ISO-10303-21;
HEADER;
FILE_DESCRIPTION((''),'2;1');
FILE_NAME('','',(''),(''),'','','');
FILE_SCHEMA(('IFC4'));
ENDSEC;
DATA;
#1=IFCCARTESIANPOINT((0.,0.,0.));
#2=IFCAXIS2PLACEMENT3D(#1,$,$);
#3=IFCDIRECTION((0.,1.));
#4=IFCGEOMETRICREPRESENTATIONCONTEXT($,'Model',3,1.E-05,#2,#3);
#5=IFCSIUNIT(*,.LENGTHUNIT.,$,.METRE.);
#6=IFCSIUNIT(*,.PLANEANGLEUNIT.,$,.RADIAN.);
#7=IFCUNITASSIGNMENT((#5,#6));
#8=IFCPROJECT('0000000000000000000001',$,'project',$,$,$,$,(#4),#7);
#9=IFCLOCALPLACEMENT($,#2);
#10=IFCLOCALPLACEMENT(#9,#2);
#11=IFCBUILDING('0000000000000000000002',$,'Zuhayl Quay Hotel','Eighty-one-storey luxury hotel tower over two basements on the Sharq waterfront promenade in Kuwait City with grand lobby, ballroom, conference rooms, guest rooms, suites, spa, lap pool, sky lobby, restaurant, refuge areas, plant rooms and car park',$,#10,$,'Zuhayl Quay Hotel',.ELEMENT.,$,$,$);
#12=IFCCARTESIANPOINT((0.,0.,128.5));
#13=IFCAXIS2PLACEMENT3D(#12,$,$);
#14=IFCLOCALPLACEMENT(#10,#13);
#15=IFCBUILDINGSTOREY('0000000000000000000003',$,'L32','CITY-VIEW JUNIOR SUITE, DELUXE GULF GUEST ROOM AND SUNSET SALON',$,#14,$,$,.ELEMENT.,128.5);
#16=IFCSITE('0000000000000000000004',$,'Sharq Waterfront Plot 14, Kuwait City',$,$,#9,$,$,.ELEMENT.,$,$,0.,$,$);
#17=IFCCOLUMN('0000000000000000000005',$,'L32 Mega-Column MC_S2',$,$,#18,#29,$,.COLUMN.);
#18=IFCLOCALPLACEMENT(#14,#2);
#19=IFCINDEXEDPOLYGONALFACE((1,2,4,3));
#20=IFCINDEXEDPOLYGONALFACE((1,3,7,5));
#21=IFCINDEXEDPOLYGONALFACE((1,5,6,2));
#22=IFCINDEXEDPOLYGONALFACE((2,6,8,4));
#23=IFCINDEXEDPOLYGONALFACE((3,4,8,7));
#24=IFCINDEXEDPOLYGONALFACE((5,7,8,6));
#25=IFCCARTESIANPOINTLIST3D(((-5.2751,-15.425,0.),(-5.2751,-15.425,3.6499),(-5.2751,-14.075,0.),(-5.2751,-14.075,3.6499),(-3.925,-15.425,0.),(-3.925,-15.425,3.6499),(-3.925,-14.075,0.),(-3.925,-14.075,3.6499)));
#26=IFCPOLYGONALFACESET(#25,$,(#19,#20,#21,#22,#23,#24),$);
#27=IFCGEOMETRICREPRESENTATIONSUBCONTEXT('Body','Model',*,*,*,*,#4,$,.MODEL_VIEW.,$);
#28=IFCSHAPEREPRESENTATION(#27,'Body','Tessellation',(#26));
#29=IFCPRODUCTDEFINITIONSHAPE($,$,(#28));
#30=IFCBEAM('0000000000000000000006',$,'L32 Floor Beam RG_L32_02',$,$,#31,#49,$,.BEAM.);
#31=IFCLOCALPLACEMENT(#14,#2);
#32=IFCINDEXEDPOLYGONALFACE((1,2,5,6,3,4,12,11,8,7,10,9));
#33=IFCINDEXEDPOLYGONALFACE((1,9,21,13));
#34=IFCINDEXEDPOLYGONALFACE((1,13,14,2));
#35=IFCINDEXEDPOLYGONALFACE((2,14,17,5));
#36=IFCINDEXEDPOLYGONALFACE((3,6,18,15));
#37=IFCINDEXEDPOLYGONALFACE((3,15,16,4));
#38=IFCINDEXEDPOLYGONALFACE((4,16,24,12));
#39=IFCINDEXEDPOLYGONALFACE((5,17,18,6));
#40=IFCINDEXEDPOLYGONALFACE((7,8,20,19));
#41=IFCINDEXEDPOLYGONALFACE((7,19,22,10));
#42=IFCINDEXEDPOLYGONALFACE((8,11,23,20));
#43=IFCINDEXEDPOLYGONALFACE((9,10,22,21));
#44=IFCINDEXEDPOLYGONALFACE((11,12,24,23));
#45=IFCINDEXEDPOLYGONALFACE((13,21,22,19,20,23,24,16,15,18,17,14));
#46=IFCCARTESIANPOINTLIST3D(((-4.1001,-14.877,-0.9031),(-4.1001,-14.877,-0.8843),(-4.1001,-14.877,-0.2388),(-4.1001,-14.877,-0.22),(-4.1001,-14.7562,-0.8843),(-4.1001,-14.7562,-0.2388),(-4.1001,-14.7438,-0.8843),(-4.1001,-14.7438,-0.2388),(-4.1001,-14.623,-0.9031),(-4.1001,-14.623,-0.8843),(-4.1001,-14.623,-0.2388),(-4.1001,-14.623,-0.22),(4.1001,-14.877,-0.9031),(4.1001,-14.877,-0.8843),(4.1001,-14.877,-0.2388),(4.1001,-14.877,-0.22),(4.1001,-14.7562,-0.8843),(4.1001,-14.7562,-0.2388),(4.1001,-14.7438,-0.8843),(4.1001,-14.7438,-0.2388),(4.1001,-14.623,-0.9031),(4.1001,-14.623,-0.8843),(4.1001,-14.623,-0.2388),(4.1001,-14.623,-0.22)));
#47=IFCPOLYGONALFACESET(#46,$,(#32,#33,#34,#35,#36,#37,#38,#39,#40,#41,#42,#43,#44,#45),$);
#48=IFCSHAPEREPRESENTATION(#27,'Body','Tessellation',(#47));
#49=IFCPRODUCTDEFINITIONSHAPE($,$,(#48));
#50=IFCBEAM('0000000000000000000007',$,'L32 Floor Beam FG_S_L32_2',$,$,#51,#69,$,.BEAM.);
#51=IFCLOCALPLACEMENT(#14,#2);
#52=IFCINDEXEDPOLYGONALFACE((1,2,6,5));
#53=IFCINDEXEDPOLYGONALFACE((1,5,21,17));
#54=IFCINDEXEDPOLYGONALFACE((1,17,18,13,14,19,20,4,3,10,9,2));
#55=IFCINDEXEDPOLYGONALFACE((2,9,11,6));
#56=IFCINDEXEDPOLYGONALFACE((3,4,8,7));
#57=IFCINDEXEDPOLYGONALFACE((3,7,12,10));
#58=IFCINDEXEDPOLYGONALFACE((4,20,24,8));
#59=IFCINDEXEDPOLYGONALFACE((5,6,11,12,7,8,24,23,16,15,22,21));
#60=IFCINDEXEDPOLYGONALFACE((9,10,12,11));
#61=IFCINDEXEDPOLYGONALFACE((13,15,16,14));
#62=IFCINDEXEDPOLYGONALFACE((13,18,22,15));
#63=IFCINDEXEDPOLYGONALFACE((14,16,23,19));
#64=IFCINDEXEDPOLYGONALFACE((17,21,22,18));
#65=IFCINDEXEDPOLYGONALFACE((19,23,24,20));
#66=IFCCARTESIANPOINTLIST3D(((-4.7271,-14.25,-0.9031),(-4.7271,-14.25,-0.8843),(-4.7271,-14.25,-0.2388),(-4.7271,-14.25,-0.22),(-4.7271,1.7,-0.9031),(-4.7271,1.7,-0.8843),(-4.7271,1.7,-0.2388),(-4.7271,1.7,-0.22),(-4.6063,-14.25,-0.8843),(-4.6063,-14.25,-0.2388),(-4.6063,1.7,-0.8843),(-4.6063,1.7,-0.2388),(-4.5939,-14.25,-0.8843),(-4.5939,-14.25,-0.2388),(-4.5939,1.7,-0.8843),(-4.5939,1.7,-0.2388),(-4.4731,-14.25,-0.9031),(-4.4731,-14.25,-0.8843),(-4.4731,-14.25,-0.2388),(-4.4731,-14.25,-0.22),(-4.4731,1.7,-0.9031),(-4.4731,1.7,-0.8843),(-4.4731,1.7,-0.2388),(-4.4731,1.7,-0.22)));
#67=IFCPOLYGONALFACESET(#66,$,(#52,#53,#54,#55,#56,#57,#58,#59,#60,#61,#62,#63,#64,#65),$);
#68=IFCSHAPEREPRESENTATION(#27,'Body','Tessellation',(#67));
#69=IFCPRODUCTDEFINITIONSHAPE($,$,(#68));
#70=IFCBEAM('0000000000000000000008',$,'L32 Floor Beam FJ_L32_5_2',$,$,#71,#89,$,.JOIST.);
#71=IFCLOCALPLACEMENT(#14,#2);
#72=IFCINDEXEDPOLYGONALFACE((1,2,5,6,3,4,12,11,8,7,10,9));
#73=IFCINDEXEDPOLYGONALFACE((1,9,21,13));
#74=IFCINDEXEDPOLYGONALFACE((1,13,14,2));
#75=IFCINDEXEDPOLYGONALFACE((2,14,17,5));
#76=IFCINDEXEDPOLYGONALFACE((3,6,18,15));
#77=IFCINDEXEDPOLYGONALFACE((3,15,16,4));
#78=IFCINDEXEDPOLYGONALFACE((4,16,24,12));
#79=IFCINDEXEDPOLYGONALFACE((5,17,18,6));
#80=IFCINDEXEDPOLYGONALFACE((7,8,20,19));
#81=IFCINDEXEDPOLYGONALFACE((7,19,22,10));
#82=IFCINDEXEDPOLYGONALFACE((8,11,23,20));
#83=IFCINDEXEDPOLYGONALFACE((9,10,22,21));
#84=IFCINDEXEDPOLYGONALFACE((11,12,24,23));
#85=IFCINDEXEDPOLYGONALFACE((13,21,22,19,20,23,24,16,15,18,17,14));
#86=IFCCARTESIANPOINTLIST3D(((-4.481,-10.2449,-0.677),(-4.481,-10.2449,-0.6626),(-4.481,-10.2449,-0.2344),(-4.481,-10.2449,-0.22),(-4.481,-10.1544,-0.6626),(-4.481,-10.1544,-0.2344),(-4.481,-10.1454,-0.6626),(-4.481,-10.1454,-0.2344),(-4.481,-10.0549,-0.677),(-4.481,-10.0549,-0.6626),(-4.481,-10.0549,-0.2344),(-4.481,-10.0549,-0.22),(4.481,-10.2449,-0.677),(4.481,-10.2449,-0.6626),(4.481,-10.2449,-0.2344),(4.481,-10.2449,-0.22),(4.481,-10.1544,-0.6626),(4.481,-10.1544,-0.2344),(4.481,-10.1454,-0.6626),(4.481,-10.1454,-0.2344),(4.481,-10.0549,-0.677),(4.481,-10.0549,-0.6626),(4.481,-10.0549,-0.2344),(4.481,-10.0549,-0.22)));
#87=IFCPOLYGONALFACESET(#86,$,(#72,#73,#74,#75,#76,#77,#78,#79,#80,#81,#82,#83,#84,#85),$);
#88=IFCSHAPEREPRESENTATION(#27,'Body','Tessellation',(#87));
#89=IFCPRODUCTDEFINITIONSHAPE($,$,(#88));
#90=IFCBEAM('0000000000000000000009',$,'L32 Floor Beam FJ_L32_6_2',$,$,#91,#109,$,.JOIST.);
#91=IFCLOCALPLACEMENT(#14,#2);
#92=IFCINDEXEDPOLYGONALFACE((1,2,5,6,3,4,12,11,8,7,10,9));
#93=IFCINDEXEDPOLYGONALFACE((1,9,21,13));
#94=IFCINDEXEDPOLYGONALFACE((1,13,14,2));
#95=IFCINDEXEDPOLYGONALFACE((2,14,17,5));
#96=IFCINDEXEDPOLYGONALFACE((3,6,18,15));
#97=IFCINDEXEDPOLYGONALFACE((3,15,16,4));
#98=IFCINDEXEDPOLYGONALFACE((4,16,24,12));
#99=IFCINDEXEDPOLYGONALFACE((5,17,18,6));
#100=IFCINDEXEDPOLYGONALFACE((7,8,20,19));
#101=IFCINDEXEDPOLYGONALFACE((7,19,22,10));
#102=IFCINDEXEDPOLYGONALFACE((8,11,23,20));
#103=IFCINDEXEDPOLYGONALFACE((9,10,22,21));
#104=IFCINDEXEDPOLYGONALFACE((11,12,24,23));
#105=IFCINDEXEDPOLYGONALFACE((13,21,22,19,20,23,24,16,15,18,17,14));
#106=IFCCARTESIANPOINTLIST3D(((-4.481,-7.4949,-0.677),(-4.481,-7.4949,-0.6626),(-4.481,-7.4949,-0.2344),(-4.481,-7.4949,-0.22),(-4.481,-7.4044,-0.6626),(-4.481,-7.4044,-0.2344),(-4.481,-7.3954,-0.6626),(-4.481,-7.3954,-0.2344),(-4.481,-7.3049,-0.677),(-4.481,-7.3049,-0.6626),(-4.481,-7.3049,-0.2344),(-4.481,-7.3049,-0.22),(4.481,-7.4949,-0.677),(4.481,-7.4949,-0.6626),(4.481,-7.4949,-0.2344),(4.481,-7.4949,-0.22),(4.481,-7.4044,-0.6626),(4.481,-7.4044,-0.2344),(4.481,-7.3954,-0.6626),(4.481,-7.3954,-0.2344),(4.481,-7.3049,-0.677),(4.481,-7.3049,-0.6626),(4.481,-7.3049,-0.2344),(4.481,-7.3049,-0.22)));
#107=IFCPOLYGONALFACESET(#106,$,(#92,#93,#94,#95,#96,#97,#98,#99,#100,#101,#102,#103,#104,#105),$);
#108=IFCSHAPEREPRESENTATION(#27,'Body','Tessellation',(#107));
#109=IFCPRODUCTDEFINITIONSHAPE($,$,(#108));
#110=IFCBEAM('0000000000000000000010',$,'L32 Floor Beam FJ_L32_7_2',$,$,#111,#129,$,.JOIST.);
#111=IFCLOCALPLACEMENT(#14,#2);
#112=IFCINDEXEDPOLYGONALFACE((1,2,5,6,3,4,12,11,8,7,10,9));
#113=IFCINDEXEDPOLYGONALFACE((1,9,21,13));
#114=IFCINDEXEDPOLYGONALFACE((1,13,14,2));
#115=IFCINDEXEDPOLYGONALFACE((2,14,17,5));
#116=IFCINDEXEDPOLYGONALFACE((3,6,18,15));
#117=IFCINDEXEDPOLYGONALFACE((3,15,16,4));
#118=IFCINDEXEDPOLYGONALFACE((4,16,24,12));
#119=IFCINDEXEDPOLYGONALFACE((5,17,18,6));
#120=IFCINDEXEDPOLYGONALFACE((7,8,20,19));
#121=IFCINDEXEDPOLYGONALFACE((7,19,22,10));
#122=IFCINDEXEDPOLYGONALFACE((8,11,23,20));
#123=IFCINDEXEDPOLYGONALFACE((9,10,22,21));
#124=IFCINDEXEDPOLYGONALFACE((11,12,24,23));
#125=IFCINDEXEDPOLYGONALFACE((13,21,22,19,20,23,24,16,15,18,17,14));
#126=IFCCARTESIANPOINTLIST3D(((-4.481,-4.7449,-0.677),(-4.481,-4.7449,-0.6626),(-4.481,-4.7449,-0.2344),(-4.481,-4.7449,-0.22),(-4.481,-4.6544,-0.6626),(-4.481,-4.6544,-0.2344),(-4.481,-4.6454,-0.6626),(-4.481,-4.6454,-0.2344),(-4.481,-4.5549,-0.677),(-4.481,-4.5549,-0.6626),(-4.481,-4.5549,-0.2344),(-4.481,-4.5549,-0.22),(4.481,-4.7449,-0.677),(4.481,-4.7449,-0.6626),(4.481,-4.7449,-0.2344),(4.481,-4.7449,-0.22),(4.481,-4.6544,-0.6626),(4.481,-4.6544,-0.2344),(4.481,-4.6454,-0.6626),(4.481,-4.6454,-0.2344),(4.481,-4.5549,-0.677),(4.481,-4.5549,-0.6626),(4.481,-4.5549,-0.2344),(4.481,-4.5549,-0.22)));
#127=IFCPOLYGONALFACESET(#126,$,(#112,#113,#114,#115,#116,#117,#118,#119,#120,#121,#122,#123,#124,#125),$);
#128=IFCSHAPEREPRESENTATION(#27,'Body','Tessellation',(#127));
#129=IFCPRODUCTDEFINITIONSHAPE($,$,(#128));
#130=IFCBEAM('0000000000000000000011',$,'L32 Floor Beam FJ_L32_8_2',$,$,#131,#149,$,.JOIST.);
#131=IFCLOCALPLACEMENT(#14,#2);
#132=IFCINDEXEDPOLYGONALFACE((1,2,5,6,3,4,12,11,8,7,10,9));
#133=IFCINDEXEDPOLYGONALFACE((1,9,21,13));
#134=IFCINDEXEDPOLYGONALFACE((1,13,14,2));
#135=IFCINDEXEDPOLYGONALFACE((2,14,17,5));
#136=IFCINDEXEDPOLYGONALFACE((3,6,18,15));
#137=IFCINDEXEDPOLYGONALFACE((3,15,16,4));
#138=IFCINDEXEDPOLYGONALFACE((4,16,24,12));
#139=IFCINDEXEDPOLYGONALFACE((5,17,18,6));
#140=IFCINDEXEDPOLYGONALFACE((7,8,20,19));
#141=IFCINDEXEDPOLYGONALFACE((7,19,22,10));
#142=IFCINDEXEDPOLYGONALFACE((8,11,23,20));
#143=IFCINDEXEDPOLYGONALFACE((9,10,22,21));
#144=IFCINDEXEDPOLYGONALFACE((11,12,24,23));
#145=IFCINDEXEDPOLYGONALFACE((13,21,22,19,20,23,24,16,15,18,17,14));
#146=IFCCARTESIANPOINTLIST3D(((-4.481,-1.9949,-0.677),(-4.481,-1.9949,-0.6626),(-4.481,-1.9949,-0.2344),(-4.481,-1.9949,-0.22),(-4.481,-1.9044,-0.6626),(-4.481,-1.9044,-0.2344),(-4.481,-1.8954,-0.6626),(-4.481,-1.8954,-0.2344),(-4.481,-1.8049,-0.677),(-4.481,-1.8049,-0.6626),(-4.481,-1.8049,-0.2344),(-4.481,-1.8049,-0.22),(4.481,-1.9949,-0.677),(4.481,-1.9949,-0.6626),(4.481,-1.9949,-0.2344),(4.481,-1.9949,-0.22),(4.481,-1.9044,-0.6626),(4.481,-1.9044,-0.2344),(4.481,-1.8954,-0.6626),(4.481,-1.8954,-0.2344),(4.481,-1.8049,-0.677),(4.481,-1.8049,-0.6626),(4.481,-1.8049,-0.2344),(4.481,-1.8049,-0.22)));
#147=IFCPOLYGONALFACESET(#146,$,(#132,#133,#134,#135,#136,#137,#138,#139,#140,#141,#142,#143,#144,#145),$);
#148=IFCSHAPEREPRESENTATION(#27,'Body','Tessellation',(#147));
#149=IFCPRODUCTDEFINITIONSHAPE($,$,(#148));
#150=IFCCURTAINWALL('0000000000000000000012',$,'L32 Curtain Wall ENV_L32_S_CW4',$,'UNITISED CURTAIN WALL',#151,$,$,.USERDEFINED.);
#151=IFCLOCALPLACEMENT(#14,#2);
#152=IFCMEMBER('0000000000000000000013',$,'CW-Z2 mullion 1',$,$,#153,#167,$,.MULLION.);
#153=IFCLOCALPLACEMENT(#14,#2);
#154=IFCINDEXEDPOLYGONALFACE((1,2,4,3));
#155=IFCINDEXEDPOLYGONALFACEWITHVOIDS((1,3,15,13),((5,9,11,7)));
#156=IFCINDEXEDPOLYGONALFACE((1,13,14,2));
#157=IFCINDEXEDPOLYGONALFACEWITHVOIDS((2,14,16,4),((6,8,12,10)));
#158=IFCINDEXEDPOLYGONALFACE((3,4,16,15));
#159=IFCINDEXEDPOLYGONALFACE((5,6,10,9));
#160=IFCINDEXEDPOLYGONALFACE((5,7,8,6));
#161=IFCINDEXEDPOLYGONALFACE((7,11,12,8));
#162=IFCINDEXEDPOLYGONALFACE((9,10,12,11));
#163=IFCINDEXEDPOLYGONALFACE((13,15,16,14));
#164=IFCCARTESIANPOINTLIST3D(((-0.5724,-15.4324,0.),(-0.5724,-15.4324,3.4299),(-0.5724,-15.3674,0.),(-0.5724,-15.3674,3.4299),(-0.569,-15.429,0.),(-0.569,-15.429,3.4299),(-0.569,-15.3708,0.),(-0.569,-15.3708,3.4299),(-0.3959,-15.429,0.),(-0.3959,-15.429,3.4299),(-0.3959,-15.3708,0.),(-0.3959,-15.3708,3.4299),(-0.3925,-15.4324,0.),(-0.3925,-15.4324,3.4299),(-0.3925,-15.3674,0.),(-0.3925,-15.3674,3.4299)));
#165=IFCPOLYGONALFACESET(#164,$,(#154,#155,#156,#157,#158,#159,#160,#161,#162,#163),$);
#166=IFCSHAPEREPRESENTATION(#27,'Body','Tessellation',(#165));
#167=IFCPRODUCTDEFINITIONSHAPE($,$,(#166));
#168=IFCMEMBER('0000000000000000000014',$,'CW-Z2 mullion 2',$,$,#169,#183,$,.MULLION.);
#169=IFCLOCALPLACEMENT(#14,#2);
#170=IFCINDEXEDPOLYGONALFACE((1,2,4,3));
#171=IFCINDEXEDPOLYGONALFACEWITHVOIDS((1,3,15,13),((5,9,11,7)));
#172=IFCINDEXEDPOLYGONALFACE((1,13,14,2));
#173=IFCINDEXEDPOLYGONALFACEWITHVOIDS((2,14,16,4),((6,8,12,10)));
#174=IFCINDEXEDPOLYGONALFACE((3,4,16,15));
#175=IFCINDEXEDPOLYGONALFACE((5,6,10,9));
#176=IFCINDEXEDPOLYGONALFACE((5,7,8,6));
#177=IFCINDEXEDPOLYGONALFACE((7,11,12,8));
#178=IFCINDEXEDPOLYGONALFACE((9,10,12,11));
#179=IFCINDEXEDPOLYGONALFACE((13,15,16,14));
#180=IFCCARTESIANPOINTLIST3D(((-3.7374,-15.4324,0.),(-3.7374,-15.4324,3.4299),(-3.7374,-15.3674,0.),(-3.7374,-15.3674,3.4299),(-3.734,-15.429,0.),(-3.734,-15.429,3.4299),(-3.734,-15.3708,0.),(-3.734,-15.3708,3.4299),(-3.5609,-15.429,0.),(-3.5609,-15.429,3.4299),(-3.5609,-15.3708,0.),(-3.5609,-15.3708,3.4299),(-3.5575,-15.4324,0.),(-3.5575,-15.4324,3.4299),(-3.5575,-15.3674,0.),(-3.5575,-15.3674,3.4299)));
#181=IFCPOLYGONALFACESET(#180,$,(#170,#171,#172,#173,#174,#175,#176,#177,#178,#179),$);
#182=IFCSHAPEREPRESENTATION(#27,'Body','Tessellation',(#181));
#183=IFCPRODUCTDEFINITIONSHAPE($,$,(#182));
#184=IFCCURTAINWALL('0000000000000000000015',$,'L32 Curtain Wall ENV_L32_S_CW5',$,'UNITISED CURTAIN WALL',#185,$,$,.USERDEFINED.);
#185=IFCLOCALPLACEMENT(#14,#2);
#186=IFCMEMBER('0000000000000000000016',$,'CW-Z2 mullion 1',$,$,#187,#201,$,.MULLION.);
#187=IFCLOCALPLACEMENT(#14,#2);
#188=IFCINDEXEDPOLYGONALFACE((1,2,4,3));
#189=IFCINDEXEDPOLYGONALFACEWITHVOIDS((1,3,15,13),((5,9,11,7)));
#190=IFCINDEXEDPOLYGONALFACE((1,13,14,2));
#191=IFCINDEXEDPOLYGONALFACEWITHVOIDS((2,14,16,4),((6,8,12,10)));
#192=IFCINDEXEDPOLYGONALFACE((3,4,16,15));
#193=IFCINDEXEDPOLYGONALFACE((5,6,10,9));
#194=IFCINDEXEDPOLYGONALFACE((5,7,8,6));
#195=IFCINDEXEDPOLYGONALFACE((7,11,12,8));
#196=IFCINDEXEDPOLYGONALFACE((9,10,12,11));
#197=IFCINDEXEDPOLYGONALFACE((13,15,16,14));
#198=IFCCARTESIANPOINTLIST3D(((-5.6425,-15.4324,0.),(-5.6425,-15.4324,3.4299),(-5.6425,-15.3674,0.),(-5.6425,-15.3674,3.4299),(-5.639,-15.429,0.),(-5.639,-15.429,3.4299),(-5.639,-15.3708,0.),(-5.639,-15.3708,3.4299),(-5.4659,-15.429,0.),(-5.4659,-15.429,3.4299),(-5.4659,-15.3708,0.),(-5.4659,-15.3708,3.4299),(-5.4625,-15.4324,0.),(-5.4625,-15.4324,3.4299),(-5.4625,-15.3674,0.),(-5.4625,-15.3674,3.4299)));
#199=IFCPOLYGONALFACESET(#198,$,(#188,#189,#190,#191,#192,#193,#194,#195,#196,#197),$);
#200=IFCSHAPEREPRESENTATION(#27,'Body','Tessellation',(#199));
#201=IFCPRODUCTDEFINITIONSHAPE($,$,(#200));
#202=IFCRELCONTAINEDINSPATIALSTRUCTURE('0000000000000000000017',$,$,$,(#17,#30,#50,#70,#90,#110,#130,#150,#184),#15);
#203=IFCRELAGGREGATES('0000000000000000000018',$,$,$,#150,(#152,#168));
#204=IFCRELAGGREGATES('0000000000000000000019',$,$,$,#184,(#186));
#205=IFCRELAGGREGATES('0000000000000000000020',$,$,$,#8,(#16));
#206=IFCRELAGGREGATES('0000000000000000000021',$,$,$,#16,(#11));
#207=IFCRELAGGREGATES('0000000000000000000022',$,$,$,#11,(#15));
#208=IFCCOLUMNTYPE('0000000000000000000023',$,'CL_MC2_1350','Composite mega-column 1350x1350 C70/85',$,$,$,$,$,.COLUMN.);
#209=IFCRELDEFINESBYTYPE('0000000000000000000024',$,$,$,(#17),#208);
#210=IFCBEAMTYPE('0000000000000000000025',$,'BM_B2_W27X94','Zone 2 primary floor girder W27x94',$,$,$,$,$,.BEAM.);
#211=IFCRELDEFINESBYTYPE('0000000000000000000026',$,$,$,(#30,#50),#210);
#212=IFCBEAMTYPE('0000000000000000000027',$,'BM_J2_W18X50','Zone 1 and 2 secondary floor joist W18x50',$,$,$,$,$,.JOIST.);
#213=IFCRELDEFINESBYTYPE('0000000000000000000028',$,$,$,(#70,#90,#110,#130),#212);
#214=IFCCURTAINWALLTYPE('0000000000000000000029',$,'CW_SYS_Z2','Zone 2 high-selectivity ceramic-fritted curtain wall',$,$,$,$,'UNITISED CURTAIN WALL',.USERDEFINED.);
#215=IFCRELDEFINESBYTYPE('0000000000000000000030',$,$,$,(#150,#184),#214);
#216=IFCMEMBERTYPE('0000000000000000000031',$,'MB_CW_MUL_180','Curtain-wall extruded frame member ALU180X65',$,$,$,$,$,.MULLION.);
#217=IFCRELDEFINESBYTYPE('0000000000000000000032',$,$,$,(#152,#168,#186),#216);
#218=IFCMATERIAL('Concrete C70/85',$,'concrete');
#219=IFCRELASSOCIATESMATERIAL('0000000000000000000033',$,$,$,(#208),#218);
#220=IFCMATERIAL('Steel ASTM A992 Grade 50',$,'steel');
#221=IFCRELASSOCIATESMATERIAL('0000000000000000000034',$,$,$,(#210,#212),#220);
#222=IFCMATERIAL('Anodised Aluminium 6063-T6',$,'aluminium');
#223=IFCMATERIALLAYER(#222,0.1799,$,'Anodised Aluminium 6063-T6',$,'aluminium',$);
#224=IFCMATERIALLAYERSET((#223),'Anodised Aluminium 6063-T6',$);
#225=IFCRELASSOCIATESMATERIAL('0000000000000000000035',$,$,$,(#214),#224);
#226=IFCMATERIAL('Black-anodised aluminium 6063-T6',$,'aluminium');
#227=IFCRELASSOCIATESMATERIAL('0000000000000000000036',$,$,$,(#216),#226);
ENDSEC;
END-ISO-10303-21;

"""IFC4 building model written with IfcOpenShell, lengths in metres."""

from ifc_helpers import new_model, si_unit, direction, frame, origin, origin_2d, place, context, subcontext, project, spatial, rectangle, hollow_rectangle, i_section, extrude, material, layer, layer_set, material_profile, profile_set, type_object, element, aggregate, save


model = new_model("IFC4")

# Units and contexts
model_context = context("Model", 3, precision=1e-05, world=origin(), true_north=direction((0.0, 1.0)))
body_context = subcontext(model_context, "Body", "Model", "MODEL_VIEW")
ifc_project = project(units=[si_unit("LENGTHUNIT", "METRE"), si_unit("PLANEANGLEUNIT", "RADIAN")], contexts=[model_context])

# Site, building, storey
site_placement = place(None, origin())
site = spatial("IfcSite", under=ifc_project, at=site_placement, Name="Sharq Waterfront Plot 14, Kuwait City", CompositionType="ELEMENT", RefElevation=0.0)
building_placement = place(site_placement, origin())
building = spatial("IfcBuilding", under=site, at=building_placement, Name="Zuhayl Quay Hotel", Description="Eighty-one-storey luxury hotel tower over two basements on the Sharq waterfront promenade in Kuwait City with grand lobby, ballroom, conference rooms, guest rooms, suites, spa, lap pool, sky lobby, restaurant, refuge areas, plant rooms and car park", LongName="Zuhayl Quay Hotel", CompositionType="ELEMENT")
storey_placement = place(building_placement, frame((0.0, 0.0, 128.5)))
storey = spatial("IfcBuildingStorey", under=building, at=storey_placement, Name="L32", Description="CITY-VIEW JUNIOR SUITE, DELUXE GULF GUEST ROOM AND SUNSET SALON", CompositionType="ELEMENT", Elevation=128.5)

# Column
ifc_material_1 = material(Name="Concrete C70/85", Category="concrete")
ifc_material_profile_1 = material_profile(ifc_material_1, rectangle(XDim=1.3501, YDim=1.3501, at=origin_2d()), Name="RC1350X1350")
ifc_profile_set_1 = profile_set([ifc_material_profile_1], Name="Concrete C70/85")
column_type = type_object("IfcColumnType", Name="CL_MC2_1350", Description="Composite mega-column 1350x1350 C70/85", PredefinedType="COLUMN", material=ifc_profile_set_1)
column_placement = place(storey_placement, frame((-4.6001, -14.75, 0.0), z_axis=(0.0, 0.0, 1.0), x_axis=(1.0, 0.0, 0.0)))
element("IfcColumn", 1, at=column_placement, inside=storey, type_object=column_type, Name="L32 Mega-Column MC_S2", PredefinedType="COLUMN", context=body_context, shape_type="SweptSolid", body=[
    extrude(rectangle(XDim=1.3501, YDim=1.3501, at=origin_2d()), origin(), (0.0, 0.0, 1.0), 3.6499),
])

# Beams
ifc_material_2 = material(Name="Steel ASTM A992 Grade 50", Category="steel")
ifc_material_profile_2 = material_profile(ifc_material_2, i_section(OverallWidth=0.2539, OverallDepth=0.6831, WebThickness=0.0125, FlangeThickness=0.0188, at=origin_2d()), Name="W27X94")
ifc_profile_set_2 = profile_set([ifc_material_profile_2], Name="Steel ASTM A992 Grade 50")
beam_type_1 = type_object("IfcBeamType", Name="BM_B2_W27X94", Description="Zone 2 primary floor girder W27x94", PredefinedType="BEAM", material=ifc_profile_set_2)
beam_1_placement = place(storey_placement, frame((-4.1001, -14.75, -0.5615), z_axis=(1.0, 0.0, 0.0), x_axis=(0.0, 1.0, 0.0)))
element("IfcBeam", 2, at=beam_1_placement, inside=storey, type_object=beam_type_1, Name="L32 Floor Beam RG_L32_02", PredefinedType="BEAM", context=body_context, shape_type="SweptSolid", body=[
    extrude(i_section(OverallWidth=0.2539, OverallDepth=0.6831, WebThickness=0.0125, FlangeThickness=0.0188, at=origin_2d()), origin(), (0.0, 0.0, 1.0), 8.2002),
])
beam_2_placement = place(storey_placement, frame((-4.6001, -14.25, -0.5615), z_axis=(0.0, 1.0, 0.0), x_axis=(-1.0, 0.0, 0.0)))
element("IfcBeam", 3, at=beam_2_placement, inside=storey, type_object=beam_type_1, Name="L32 Floor Beam FG_S_L32_2", PredefinedType="BEAM", context=body_context, shape_type="SweptSolid", body=[
    extrude(i_section(OverallWidth=0.2539, OverallDepth=0.6831, WebThickness=0.0125, FlangeThickness=0.0188, at=origin_2d()), origin(), (0.0, 0.0, 1.0), 15.95),
])
ifc_material_profile_3 = material_profile(ifc_material_2, i_section(OverallWidth=0.1899, OverallDepth=0.457, WebThickness=0.009, FlangeThickness=0.0144, at=origin_2d()), Name="W18X50")
ifc_profile_set_3 = profile_set([ifc_material_profile_3], Name="Steel ASTM A992 Grade 50")
beam_type_2 = type_object("IfcBeamType", Name="BM_J2_W18X50", Description="Zone 1 and 2 secondary floor joist W18x50", PredefinedType="JOIST", material=ifc_profile_set_3)
for number, where, z_axis, x_axis, name in (
    (4, (-4.481, -10.1499, -0.4485), (1.0, 0.0, 0.0), (0.0, 1.0, 0.0), "L32 Floor Beam FJ_L32_5_2"),
    (5, (-4.481, -7.3999, -0.4485), (1.0, 0.0, 0.0), (0.0, 1.0, 0.0), "L32 Floor Beam FJ_L32_6_2"),
    (6, (-4.481, -4.6499, -0.4485), (1.0, 0.0, 0.0), (0.0, 1.0, 0.0), "L32 Floor Beam FJ_L32_7_2"),
    (7, (-4.481, -1.8999, -0.4485), (1.0, 0.0, 0.0), (0.0, 1.0, 0.0), "L32 Floor Beam FJ_L32_8_2"),
):
    element("IfcBeam", number, at=place(storey_placement, frame(where, z_axis=z_axis, x_axis=x_axis)), inside=storey, type_object=beam_type_2, Name=name, PredefinedType="JOIST", context=body_context, shape_type="SweptSolid", body=[
        extrude(i_section(OverallWidth=0.1899, OverallDepth=0.457, WebThickness=0.009, FlangeThickness=0.0144, at=origin_2d()), origin(), (0.0, 0.0, 1.0), 8.9619),
    ])

# Curtain walls, members
ifc_material_3 = material(Name="Anodised Aluminium 6063-T6", Category="aluminium")
ifc_layer_1 = layer(ifc_material_3, 0.1799, Name="Anodised Aluminium 6063-T6", Category="aluminium")
ifc_layer_set_1 = layer_set([ifc_layer_1], Name="Anodised Aluminium 6063-T6")
curtain_wall_type = type_object("IfcCurtainWallType", Name="CW_SYS_Z2", Description="Zone 2 high-selectivity ceramic-fritted curtain wall", ElementType="UNITISED CURTAIN WALL", PredefinedType="USERDEFINED", material=ifc_layer_set_1)
curtain_wall_1_placement = place(storey_placement, origin())
curtain_wall_1 = element("IfcCurtainWall", 8, at=curtain_wall_1_placement, inside=storey, type_object=curtain_wall_type, Name="L32 Curtain Wall ENV_L32_S_CW4", ObjectType="UNITISED CURTAIN WALL", PredefinedType="USERDEFINED")
ifc_material_4 = material(Name="Black-anodised aluminium 6063-T6", Category="aluminium")
ifc_material_profile_4 = material_profile(ifc_material_4, hollow_rectangle(XDim=0.0649, YDim=0.1799, WallThickness=0.0034, at=origin_2d()), Name="ALU180X65")
ifc_profile_set_4 = profile_set([ifc_material_profile_4], Name="Black-anodised aluminium 6063-T6")
member_type_1 = type_object("IfcMemberType", Name="MB_CW_MUL_180", Description="Curtain-wall extruded frame member ALU180X65", PredefinedType="MULLION", material=ifc_profile_set_4)
member_1_placement = place(storey_placement, frame((-0.4824, -15.3999, 0.0), z_axis=(0.0, 0.0, 1.0), x_axis=(0.0, -1.0, 0.0)))
member_1 = element("IfcMember", 9, at=member_1_placement, type_object=member_type_1, Name="CW-Z2 mullion 1", PredefinedType="MULLION", context=body_context, shape_type="SweptSolid", body=[
    extrude(hollow_rectangle(XDim=0.0649, YDim=0.1799, WallThickness=0.0034, at=origin_2d()), origin(), (0.0, 0.0, 1.0), 3.4299),
])
member_2_placement = place(storey_placement, frame((-3.6475, -15.3999, 0.0), z_axis=(0.0, 0.0, 1.0), x_axis=(0.0, -1.0, 0.0)))
member_2 = element("IfcMember", 10, at=member_2_placement, type_object=member_type_1, Name="CW-Z2 mullion 2", PredefinedType="MULLION", context=body_context, shape_type="SweptSolid", body=[
    extrude(hollow_rectangle(XDim=0.0649, YDim=0.1799, WallThickness=0.0034, at=origin_2d()), origin(), (0.0, 0.0, 1.0), 3.4299),
])
curtain_wall_2_placement = place(storey_placement, origin())
curtain_wall_2 = element("IfcCurtainWall", 11, at=curtain_wall_2_placement, inside=storey, type_object=curtain_wall_type, Name="L32 Curtain Wall ENV_L32_S_CW5", ObjectType="UNITISED CURTAIN WALL", PredefinedType="USERDEFINED")
member_3_placement = place(storey_placement, frame((-5.5525, -15.3999, 0.0), z_axis=(0.0, 0.0, 1.0), x_axis=(0.0, -1.0, 0.0)))
member_3 = element("IfcMember", 12, at=member_3_placement, type_object=member_type_1, Name="CW-Z2 mullion 1", PredefinedType="MULLION", context=body_context, shape_type="SweptSolid", body=[
    extrude(hollow_rectangle(XDim=0.0649, YDim=0.1799, WallThickness=0.0034, at=origin_2d()), origin(), (0.0, 0.0, 1.0), 3.4299),
])

aggregate(curtain_wall_1, [member_1, member_2])
aggregate(curtain_wall_2, [member_3])

save(model, "model.ifc")
